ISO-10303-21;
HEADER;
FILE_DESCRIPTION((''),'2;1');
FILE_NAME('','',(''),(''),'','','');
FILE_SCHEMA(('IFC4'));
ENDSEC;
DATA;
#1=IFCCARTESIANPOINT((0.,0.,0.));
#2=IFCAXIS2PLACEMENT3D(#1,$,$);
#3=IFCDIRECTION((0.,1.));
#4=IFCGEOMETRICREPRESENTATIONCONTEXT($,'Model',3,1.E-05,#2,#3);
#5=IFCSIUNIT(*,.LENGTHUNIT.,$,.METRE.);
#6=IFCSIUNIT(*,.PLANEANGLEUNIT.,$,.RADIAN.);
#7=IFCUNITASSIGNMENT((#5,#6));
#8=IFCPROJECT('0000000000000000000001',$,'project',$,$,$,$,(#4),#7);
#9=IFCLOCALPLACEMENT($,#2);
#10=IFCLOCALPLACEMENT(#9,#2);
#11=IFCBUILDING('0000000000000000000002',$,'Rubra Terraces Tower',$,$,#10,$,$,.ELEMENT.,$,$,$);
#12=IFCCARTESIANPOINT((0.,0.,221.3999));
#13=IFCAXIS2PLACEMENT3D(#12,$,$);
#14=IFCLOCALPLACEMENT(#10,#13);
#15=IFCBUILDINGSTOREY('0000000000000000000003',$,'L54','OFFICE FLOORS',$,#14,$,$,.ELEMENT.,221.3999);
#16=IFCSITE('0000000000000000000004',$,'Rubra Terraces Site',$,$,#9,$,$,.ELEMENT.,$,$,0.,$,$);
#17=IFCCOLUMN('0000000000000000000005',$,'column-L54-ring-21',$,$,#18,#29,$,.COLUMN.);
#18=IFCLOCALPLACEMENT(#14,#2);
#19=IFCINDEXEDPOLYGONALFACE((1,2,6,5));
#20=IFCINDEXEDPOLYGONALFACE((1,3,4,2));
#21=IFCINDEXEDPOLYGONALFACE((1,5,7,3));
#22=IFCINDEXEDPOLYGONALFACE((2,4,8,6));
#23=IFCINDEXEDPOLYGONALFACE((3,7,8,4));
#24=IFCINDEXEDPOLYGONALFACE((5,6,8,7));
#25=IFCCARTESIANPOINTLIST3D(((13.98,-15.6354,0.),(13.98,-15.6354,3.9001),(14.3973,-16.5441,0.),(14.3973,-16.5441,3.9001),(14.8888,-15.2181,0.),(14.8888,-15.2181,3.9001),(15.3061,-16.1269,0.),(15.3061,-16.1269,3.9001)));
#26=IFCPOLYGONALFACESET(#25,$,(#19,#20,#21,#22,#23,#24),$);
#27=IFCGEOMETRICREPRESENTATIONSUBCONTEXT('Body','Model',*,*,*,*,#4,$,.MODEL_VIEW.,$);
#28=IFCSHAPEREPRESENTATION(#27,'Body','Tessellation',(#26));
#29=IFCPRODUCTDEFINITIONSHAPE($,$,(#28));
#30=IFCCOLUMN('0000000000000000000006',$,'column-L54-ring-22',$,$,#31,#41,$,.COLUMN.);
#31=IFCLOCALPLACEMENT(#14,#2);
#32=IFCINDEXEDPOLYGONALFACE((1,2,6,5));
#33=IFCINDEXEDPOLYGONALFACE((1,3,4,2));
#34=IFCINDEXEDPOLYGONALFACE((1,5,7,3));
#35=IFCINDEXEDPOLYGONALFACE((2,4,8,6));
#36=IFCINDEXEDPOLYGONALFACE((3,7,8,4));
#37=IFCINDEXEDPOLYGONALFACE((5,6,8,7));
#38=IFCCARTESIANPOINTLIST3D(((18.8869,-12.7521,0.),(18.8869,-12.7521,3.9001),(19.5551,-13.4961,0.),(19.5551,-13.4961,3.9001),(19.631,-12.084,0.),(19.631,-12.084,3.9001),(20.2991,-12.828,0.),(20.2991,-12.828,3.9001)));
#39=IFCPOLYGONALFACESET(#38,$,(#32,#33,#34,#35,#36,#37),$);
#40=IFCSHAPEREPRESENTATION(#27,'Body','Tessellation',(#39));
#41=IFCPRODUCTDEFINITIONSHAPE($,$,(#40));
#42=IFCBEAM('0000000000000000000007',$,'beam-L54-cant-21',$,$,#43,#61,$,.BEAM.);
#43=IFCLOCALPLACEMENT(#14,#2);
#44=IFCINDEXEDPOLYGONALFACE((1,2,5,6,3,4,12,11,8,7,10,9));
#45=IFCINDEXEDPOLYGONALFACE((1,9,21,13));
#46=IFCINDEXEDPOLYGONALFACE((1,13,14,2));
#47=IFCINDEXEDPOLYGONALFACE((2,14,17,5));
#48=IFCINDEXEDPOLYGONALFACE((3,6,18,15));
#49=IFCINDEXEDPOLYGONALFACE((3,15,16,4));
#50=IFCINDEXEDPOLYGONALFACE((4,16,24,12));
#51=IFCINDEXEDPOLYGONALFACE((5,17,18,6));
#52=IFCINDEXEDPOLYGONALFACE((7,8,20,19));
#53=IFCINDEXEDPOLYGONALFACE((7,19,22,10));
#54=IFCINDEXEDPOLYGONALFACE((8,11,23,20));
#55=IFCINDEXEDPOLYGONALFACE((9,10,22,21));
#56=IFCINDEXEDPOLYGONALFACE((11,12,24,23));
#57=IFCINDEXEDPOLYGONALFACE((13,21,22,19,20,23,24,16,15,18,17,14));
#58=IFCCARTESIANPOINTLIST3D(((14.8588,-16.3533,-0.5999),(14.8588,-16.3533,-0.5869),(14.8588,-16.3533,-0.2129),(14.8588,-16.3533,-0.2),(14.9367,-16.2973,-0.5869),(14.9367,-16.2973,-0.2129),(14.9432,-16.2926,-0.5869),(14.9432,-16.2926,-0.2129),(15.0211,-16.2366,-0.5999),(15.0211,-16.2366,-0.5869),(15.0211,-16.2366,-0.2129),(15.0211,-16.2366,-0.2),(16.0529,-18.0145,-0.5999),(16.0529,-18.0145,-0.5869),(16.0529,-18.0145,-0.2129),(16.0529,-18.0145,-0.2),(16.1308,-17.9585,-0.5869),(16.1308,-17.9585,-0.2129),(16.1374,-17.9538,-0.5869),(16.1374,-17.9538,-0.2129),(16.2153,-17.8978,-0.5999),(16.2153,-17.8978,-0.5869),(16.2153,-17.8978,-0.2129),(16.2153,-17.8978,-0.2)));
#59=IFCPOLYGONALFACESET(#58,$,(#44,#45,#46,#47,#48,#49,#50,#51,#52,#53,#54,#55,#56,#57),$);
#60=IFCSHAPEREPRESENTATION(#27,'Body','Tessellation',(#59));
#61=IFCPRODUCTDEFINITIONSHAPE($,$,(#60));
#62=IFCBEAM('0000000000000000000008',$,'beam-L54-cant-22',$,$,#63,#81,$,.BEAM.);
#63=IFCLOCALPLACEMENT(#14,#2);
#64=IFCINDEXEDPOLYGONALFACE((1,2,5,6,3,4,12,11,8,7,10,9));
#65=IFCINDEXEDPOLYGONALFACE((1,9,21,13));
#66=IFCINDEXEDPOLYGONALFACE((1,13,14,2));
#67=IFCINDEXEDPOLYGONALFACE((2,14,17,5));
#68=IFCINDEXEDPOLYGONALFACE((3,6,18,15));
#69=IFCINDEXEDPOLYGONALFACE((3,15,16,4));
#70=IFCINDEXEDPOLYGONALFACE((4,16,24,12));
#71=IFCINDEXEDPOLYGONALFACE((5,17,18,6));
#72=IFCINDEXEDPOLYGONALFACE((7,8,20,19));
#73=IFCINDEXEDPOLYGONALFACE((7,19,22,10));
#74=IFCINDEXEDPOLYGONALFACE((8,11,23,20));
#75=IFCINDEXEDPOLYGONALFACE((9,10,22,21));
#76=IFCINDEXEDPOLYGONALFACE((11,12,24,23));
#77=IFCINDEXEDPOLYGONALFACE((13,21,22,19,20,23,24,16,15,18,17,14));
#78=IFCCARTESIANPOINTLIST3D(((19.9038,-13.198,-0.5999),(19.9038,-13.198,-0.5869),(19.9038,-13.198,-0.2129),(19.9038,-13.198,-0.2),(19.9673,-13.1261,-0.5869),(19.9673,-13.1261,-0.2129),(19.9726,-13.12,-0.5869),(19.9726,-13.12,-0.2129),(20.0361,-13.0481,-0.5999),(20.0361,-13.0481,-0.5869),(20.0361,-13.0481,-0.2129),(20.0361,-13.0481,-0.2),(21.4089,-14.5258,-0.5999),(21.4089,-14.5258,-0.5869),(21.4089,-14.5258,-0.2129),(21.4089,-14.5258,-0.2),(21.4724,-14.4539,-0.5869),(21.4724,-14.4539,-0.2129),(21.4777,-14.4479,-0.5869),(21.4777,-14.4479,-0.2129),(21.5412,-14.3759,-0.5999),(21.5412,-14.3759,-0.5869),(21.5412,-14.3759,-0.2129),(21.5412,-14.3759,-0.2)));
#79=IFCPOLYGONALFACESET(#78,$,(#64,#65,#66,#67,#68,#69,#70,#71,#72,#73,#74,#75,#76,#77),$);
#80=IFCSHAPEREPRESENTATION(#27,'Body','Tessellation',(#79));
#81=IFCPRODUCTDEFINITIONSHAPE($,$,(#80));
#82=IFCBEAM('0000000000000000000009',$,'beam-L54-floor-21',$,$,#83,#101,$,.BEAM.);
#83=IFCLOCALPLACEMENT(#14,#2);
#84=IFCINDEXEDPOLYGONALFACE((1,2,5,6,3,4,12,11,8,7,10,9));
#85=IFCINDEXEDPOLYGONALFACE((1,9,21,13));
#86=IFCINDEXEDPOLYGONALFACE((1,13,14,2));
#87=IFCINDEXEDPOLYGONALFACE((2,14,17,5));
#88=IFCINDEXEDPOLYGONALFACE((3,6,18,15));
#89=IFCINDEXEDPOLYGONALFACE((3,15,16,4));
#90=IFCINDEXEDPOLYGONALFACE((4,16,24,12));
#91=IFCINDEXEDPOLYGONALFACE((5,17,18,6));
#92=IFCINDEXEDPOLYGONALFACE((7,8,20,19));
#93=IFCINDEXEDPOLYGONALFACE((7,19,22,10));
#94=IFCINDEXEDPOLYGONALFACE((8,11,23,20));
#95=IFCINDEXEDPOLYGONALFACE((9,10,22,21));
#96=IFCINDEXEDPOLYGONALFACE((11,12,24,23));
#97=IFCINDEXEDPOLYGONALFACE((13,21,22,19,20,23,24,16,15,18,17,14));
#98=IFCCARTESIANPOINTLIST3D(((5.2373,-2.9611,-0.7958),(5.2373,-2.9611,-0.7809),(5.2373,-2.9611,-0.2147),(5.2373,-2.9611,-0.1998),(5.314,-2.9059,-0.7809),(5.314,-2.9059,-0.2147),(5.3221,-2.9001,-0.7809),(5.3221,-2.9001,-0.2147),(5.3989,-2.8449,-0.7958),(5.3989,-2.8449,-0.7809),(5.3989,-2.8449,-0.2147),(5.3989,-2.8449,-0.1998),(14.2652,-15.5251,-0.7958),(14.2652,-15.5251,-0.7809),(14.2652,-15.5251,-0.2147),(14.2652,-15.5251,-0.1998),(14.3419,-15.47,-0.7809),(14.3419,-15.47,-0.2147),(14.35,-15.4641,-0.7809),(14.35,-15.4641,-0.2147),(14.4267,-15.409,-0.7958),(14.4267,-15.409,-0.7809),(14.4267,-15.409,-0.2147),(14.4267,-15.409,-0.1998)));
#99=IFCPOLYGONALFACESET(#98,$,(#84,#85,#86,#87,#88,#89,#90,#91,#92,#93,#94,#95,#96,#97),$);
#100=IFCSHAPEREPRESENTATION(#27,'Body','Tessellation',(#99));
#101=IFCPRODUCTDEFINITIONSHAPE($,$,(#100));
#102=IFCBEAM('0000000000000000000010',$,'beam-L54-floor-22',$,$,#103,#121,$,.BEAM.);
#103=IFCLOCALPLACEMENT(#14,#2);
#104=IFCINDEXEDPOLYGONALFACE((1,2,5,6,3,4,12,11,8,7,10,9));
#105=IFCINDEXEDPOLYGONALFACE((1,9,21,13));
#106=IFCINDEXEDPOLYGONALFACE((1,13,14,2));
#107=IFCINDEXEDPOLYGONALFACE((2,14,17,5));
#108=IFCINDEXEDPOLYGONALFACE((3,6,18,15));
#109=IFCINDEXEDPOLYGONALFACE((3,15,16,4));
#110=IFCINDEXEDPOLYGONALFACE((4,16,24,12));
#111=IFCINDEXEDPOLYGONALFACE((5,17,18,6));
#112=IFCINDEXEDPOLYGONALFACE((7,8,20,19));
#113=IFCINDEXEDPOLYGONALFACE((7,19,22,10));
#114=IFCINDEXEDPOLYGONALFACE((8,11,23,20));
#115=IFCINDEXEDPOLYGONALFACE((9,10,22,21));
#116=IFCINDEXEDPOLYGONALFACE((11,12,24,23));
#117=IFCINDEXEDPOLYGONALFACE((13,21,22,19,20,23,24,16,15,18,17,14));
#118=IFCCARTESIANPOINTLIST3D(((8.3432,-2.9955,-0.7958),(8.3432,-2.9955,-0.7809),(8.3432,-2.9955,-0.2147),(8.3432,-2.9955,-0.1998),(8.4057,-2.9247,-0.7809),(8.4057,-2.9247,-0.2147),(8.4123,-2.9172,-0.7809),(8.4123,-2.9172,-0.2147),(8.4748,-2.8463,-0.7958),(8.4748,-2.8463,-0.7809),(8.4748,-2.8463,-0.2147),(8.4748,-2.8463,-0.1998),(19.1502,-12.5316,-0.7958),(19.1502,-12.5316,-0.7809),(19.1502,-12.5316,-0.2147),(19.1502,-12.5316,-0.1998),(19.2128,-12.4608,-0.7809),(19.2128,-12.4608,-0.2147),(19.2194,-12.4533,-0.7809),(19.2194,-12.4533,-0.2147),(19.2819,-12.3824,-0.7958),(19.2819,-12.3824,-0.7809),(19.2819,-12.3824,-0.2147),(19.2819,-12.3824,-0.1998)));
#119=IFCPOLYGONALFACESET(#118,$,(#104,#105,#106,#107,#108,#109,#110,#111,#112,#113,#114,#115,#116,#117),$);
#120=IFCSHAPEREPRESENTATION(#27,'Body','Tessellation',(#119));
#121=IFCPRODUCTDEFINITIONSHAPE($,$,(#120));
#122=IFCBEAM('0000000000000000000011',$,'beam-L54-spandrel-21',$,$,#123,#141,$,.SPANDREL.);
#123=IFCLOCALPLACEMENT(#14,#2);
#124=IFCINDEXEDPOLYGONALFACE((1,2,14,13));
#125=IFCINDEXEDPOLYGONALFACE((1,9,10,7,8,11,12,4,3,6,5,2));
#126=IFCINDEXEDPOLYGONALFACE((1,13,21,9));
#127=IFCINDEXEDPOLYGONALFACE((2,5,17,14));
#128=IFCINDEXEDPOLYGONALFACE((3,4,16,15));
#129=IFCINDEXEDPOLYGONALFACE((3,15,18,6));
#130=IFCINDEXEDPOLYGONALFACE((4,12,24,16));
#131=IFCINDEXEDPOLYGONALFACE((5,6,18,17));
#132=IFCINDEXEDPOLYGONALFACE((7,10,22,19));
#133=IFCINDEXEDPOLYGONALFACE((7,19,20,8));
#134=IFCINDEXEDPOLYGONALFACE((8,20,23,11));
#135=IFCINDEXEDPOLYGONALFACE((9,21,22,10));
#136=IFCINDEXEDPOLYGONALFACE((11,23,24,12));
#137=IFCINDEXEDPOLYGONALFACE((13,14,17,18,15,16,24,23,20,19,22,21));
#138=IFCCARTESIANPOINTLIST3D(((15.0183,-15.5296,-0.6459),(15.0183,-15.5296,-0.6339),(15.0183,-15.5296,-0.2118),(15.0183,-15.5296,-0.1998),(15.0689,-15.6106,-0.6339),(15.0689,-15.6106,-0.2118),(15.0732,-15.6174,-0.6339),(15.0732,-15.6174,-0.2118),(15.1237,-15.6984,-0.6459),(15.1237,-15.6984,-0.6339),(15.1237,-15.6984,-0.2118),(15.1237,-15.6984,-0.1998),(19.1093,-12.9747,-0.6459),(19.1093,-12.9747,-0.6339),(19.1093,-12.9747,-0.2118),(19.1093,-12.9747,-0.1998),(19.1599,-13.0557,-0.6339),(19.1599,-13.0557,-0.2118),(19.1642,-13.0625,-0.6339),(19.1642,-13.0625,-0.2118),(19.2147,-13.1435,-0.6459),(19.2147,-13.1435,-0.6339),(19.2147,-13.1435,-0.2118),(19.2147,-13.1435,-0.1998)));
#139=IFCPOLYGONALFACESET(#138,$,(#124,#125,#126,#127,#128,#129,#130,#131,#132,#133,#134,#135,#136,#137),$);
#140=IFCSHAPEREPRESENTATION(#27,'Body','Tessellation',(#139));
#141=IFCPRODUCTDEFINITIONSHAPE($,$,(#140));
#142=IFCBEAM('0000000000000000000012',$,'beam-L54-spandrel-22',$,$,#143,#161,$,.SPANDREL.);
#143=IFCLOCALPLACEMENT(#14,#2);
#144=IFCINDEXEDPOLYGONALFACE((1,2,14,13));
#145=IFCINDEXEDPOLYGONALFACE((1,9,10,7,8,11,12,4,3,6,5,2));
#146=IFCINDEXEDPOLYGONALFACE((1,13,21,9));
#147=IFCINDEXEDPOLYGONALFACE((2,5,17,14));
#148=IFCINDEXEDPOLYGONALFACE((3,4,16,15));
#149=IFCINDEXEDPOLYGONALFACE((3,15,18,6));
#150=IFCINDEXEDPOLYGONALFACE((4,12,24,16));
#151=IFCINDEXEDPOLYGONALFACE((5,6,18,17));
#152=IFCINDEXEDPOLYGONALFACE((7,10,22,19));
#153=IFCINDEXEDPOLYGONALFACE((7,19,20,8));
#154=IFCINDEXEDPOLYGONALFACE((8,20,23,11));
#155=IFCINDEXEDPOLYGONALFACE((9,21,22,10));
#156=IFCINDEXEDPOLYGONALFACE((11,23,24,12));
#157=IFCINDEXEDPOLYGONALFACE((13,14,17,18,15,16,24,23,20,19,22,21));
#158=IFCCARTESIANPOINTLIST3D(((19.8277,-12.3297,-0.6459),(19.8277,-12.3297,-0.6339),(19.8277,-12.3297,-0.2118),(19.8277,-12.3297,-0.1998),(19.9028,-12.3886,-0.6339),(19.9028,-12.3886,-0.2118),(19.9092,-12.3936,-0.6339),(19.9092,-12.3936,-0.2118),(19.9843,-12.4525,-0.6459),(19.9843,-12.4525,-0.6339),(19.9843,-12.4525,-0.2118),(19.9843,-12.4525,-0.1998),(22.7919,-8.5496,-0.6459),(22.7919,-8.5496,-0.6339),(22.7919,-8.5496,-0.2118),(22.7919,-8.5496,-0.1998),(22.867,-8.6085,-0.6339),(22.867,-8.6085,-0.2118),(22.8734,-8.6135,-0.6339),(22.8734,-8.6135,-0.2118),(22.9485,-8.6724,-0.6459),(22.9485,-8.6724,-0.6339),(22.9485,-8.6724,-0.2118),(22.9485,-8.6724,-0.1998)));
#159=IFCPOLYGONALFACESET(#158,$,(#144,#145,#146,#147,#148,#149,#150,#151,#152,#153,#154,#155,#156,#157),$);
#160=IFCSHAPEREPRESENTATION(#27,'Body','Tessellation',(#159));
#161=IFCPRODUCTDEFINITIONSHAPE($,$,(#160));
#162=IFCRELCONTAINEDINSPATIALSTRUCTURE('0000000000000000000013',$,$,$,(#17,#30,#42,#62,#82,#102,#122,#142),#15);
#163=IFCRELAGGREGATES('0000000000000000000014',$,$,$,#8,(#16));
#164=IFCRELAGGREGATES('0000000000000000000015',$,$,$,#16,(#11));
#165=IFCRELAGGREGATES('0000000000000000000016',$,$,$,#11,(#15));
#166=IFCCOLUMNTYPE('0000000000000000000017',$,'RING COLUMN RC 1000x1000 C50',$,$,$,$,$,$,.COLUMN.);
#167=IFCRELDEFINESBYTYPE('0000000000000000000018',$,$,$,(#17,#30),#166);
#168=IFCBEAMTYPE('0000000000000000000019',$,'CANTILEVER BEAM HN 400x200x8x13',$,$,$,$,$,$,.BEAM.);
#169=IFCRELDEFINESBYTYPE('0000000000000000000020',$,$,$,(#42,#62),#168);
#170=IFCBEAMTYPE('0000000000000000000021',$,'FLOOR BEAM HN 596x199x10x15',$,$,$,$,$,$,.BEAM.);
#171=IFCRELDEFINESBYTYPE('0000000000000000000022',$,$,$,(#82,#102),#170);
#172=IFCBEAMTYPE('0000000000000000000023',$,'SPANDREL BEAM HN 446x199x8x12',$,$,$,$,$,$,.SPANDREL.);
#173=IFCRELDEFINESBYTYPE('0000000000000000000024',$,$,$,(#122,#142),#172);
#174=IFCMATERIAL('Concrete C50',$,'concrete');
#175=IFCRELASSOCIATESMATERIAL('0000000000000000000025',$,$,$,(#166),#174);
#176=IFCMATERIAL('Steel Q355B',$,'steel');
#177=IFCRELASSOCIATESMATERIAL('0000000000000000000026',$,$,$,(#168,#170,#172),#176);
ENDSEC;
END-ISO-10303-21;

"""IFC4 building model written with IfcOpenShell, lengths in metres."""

from ifc_helpers import new_model, si_unit, direction, frame, origin, origin_2d, place, context, subcontext, project, spatial, rectangle, i_section, extrude, material, material_profile, profile_set, type_object, element, save


model = new_model("IFC4")

# Units and contexts
model_context = context("Model", 3, precision=1e-05, world=origin(), true_north=direction((0.0, 1.0)))
body_context = subcontext(model_context, "Body", "Model", "MODEL_VIEW")
ifc_project = project(units=[si_unit("LENGTHUNIT", "METRE"), si_unit("PLANEANGLEUNIT", "RADIAN")], contexts=[model_context])

# Site, building, storey
site_placement = place(None, origin())
site = spatial("IfcSite", under=ifc_project, at=site_placement, Name="Rubra Terraces Site", CompositionType="ELEMENT", RefElevation=0.0)
building_placement = place(site_placement, origin())
building = spatial("IfcBuilding", under=site, at=building_placement, Name="Rubra Terraces Tower", CompositionType="ELEMENT")
storey_placement = place(building_placement, frame((0.0, 0.0, 221.3999)))
storey = spatial("IfcBuildingStorey", under=building, at=storey_placement, Name="L54", Description="OFFICE FLOORS", CompositionType="ELEMENT", Elevation=221.3999)

# Columns
ifc_material_1 = material(Name="Concrete C50", Category="concrete")
ifc_material_profile_1 = material_profile(ifc_material_1, rectangle(XDim=1.0, YDim=1.0, at=origin_2d()), Name="RC 1000x1000")
ifc_profile_set_1 = profile_set([ifc_material_profile_1], Name="Concrete C50")
column_type = type_object("IfcColumnType", Name="RING COLUMN RC 1000x1000 C50", PredefinedType="COLUMN", material=ifc_profile_set_1)
for number, where, z_axis, x_axis, name in (
    (1, (14.6431, -15.8811, 0.0), (0.0, 0.0, 1.0), (0.908779, 0.417279, 0.0), "column-L54-ring-21"),
    (2, (19.593, -12.79, 0.0), (0.0, 0.0, 1.0), (0.744021, 0.668156, 0.0), "column-L54-ring-22"),
):
    element("IfcColumn", number, at=place(storey_placement, frame(where, z_axis=z_axis, x_axis=x_axis)), inside=storey, type_object=column_type, Name=name, PredefinedType="COLUMN", context=body_context, shape_type="SweptSolid", body=[
        extrude(rectangle(XDim=1.0, YDim=1.0, at=origin_2d()), origin(), (0.0, 0.0, 1.0), 3.9001),
    ])

# Beams
ifc_material_2 = material(Name="Steel Q355B", Category="steel")
ifc_material_profile_2 = material_profile(ifc_material_2, i_section(OverallWidth=0.2, OverallDepth=0.3999, WebThickness=0.0081, FlangeThickness=0.0129, at=origin_2d()), Name="HN 400x200x8x13")
ifc_profile_set_2 = profile_set([ifc_material_profile_2], Name="Steel Q355B")
beam_type_1 = type_object("IfcBeamType", Name="CANTILEVER BEAM HN 400x200x8x13", PredefinedType="BEAM", material=ifc_profile_set_2)
beam_1_placement = place(storey_placement, frame((14.9399, -16.2949, -0.3999), z_axis=(0.583685, -0.81198, 0.0), x_axis=(0.81198, 0.583685, 0.0)))
element("IfcBeam", 3, at=beam_1_placement, inside=storey, type_object=beam_type_1, Name="beam-L54-cant-21", PredefinedType="BEAM", context=body_context, shape_type="SweptSolid", body=[
    extrude(i_section(OverallWidth=0.2, OverallDepth=0.3999, WebThickness=0.0081, FlangeThickness=0.0129, at=origin_2d()), origin(), (0.0, 0.0, 1.0), 2.0459),
])
beam_2_placement = place(storey_placement, frame((19.97, -13.123, -0.3999), z_axis=(0.74988, -0.661573, 0.0), x_axis=(0.661573, 0.74988, 0.0)))
element("IfcBeam", 4, at=beam_2_placement, inside=storey, type_object=beam_type_1, Name="beam-L54-cant-22", PredefinedType="BEAM", context=body_context, shape_type="SweptSolid", body=[
    extrude(i_section(OverallWidth=0.2, OverallDepth=0.3999, WebThickness=0.0081, FlangeThickness=0.0129, at=origin_2d()), origin(), (0.0, 0.0, 1.0), 2.0071),
])
ifc_material_profile_3 = material_profile(ifc_material_2, i_section(OverallWidth=0.199, OverallDepth=0.5959, WebThickness=0.01, FlangeThickness=0.0149, at=origin_2d()), Name="HN 596x199x10x15")
ifc_profile_set_3 = profile_set([ifc_material_profile_3], Name="Steel Q355B")
beam_type_2 = type_object("IfcBeamType", Name="FLOOR BEAM HN 596x199x10x15", PredefinedType="BEAM", material=ifc_profile_set_3)
beam_3_placement = place(storey_placement, frame((14.3459, -15.467, -0.4978), z_axis=(-0.583529, 0.812092, 0.0), x_axis=(-0.812092, -0.583529, 0.0)))
element("IfcBeam", 5, at=beam_3_placement, inside=storey, type_object=beam_type_2, Name="beam-L54-floor-21", PredefinedType="BEAM", context=body_context, shape_type="SweptSolid", body=[
    extrude(i_section(OverallWidth=0.199, OverallDepth=0.5959, WebThickness=0.01, FlangeThickness=0.0149, at=origin_2d()), origin(), (0.0, 0.0, 1.0), 15.4712),
])
beam_4_placement = place(storey_placement, frame((19.2161, -12.457, -0.4978), z_axis=(-0.749823, 0.661638, 0.0), x_axis=(-0.661638, -0.749823, 0.0)))
element("IfcBeam", 6, at=beam_4_placement, inside=storey, type_object=beam_type_2, Name="beam-L54-floor-22", PredefinedType="BEAM", context=body_context, shape_type="SweptSolid", body=[
    extrude(i_section(OverallWidth=0.199, OverallDepth=0.5959, WebThickness=0.01, FlangeThickness=0.0149, at=origin_2d()), origin(), (0.0, 0.0, 1.0), 14.4128),
])
ifc_material_profile_4 = material_profile(ifc_material_2, i_section(OverallWidth=0.199, OverallDepth=0.446, WebThickness=0.0081, FlangeThickness=0.012, at=origin_2d()), Name="HN 446x199x8x12")
ifc_profile_set_4 = profile_set([ifc_material_profile_4], Name="Steel Q355B")
beam_type_3 = type_object("IfcBeamType", Name="SPANDREL BEAM HN 446x199x8x12", PredefinedType="SPANDREL", material=ifc_profile_set_4)
beam_5_placement = place(storey_placement, frame((15.071, -15.614, -0.4229), z_axis=(0.848183, 0.529703, 0.0), x_axis=(-0.529703, 0.848183, 0.0)))
element("IfcBeam", 7, at=beam_5_placement, inside=storey, type_object=beam_type_3, Name="beam-L54-spandrel-21", PredefinedType="SPANDREL", context=body_context, shape_type="SweptSolid", body=[
    extrude(i_section(OverallWidth=0.199, OverallDepth=0.446, WebThickness=0.0081, FlangeThickness=0.012, at=origin_2d()), origin(), (0.0, 0.0, 1.0), 4.8232),
])
beam_6_placement = place(storey_placement, frame((19.906, -12.3911, -0.4229), z_axis=(0.61706, 0.786916, 0.0), x_axis=(-0.786916, 0.61706, 0.0)))
element("IfcBeam", 8, at=beam_6_placement, inside=storey, type_object=beam_type_3, Name="beam-L54-spandrel-22", PredefinedType="SPANDREL", context=body_context, shape_type="SweptSolid", body=[
    extrude(i_section(OverallWidth=0.199, OverallDepth=0.446, WebThickness=0.0081, FlangeThickness=0.012, at=origin_2d()), origin(), (0.0, 0.0, 1.0), 4.8037),
])

save(model, "model.ifc")
